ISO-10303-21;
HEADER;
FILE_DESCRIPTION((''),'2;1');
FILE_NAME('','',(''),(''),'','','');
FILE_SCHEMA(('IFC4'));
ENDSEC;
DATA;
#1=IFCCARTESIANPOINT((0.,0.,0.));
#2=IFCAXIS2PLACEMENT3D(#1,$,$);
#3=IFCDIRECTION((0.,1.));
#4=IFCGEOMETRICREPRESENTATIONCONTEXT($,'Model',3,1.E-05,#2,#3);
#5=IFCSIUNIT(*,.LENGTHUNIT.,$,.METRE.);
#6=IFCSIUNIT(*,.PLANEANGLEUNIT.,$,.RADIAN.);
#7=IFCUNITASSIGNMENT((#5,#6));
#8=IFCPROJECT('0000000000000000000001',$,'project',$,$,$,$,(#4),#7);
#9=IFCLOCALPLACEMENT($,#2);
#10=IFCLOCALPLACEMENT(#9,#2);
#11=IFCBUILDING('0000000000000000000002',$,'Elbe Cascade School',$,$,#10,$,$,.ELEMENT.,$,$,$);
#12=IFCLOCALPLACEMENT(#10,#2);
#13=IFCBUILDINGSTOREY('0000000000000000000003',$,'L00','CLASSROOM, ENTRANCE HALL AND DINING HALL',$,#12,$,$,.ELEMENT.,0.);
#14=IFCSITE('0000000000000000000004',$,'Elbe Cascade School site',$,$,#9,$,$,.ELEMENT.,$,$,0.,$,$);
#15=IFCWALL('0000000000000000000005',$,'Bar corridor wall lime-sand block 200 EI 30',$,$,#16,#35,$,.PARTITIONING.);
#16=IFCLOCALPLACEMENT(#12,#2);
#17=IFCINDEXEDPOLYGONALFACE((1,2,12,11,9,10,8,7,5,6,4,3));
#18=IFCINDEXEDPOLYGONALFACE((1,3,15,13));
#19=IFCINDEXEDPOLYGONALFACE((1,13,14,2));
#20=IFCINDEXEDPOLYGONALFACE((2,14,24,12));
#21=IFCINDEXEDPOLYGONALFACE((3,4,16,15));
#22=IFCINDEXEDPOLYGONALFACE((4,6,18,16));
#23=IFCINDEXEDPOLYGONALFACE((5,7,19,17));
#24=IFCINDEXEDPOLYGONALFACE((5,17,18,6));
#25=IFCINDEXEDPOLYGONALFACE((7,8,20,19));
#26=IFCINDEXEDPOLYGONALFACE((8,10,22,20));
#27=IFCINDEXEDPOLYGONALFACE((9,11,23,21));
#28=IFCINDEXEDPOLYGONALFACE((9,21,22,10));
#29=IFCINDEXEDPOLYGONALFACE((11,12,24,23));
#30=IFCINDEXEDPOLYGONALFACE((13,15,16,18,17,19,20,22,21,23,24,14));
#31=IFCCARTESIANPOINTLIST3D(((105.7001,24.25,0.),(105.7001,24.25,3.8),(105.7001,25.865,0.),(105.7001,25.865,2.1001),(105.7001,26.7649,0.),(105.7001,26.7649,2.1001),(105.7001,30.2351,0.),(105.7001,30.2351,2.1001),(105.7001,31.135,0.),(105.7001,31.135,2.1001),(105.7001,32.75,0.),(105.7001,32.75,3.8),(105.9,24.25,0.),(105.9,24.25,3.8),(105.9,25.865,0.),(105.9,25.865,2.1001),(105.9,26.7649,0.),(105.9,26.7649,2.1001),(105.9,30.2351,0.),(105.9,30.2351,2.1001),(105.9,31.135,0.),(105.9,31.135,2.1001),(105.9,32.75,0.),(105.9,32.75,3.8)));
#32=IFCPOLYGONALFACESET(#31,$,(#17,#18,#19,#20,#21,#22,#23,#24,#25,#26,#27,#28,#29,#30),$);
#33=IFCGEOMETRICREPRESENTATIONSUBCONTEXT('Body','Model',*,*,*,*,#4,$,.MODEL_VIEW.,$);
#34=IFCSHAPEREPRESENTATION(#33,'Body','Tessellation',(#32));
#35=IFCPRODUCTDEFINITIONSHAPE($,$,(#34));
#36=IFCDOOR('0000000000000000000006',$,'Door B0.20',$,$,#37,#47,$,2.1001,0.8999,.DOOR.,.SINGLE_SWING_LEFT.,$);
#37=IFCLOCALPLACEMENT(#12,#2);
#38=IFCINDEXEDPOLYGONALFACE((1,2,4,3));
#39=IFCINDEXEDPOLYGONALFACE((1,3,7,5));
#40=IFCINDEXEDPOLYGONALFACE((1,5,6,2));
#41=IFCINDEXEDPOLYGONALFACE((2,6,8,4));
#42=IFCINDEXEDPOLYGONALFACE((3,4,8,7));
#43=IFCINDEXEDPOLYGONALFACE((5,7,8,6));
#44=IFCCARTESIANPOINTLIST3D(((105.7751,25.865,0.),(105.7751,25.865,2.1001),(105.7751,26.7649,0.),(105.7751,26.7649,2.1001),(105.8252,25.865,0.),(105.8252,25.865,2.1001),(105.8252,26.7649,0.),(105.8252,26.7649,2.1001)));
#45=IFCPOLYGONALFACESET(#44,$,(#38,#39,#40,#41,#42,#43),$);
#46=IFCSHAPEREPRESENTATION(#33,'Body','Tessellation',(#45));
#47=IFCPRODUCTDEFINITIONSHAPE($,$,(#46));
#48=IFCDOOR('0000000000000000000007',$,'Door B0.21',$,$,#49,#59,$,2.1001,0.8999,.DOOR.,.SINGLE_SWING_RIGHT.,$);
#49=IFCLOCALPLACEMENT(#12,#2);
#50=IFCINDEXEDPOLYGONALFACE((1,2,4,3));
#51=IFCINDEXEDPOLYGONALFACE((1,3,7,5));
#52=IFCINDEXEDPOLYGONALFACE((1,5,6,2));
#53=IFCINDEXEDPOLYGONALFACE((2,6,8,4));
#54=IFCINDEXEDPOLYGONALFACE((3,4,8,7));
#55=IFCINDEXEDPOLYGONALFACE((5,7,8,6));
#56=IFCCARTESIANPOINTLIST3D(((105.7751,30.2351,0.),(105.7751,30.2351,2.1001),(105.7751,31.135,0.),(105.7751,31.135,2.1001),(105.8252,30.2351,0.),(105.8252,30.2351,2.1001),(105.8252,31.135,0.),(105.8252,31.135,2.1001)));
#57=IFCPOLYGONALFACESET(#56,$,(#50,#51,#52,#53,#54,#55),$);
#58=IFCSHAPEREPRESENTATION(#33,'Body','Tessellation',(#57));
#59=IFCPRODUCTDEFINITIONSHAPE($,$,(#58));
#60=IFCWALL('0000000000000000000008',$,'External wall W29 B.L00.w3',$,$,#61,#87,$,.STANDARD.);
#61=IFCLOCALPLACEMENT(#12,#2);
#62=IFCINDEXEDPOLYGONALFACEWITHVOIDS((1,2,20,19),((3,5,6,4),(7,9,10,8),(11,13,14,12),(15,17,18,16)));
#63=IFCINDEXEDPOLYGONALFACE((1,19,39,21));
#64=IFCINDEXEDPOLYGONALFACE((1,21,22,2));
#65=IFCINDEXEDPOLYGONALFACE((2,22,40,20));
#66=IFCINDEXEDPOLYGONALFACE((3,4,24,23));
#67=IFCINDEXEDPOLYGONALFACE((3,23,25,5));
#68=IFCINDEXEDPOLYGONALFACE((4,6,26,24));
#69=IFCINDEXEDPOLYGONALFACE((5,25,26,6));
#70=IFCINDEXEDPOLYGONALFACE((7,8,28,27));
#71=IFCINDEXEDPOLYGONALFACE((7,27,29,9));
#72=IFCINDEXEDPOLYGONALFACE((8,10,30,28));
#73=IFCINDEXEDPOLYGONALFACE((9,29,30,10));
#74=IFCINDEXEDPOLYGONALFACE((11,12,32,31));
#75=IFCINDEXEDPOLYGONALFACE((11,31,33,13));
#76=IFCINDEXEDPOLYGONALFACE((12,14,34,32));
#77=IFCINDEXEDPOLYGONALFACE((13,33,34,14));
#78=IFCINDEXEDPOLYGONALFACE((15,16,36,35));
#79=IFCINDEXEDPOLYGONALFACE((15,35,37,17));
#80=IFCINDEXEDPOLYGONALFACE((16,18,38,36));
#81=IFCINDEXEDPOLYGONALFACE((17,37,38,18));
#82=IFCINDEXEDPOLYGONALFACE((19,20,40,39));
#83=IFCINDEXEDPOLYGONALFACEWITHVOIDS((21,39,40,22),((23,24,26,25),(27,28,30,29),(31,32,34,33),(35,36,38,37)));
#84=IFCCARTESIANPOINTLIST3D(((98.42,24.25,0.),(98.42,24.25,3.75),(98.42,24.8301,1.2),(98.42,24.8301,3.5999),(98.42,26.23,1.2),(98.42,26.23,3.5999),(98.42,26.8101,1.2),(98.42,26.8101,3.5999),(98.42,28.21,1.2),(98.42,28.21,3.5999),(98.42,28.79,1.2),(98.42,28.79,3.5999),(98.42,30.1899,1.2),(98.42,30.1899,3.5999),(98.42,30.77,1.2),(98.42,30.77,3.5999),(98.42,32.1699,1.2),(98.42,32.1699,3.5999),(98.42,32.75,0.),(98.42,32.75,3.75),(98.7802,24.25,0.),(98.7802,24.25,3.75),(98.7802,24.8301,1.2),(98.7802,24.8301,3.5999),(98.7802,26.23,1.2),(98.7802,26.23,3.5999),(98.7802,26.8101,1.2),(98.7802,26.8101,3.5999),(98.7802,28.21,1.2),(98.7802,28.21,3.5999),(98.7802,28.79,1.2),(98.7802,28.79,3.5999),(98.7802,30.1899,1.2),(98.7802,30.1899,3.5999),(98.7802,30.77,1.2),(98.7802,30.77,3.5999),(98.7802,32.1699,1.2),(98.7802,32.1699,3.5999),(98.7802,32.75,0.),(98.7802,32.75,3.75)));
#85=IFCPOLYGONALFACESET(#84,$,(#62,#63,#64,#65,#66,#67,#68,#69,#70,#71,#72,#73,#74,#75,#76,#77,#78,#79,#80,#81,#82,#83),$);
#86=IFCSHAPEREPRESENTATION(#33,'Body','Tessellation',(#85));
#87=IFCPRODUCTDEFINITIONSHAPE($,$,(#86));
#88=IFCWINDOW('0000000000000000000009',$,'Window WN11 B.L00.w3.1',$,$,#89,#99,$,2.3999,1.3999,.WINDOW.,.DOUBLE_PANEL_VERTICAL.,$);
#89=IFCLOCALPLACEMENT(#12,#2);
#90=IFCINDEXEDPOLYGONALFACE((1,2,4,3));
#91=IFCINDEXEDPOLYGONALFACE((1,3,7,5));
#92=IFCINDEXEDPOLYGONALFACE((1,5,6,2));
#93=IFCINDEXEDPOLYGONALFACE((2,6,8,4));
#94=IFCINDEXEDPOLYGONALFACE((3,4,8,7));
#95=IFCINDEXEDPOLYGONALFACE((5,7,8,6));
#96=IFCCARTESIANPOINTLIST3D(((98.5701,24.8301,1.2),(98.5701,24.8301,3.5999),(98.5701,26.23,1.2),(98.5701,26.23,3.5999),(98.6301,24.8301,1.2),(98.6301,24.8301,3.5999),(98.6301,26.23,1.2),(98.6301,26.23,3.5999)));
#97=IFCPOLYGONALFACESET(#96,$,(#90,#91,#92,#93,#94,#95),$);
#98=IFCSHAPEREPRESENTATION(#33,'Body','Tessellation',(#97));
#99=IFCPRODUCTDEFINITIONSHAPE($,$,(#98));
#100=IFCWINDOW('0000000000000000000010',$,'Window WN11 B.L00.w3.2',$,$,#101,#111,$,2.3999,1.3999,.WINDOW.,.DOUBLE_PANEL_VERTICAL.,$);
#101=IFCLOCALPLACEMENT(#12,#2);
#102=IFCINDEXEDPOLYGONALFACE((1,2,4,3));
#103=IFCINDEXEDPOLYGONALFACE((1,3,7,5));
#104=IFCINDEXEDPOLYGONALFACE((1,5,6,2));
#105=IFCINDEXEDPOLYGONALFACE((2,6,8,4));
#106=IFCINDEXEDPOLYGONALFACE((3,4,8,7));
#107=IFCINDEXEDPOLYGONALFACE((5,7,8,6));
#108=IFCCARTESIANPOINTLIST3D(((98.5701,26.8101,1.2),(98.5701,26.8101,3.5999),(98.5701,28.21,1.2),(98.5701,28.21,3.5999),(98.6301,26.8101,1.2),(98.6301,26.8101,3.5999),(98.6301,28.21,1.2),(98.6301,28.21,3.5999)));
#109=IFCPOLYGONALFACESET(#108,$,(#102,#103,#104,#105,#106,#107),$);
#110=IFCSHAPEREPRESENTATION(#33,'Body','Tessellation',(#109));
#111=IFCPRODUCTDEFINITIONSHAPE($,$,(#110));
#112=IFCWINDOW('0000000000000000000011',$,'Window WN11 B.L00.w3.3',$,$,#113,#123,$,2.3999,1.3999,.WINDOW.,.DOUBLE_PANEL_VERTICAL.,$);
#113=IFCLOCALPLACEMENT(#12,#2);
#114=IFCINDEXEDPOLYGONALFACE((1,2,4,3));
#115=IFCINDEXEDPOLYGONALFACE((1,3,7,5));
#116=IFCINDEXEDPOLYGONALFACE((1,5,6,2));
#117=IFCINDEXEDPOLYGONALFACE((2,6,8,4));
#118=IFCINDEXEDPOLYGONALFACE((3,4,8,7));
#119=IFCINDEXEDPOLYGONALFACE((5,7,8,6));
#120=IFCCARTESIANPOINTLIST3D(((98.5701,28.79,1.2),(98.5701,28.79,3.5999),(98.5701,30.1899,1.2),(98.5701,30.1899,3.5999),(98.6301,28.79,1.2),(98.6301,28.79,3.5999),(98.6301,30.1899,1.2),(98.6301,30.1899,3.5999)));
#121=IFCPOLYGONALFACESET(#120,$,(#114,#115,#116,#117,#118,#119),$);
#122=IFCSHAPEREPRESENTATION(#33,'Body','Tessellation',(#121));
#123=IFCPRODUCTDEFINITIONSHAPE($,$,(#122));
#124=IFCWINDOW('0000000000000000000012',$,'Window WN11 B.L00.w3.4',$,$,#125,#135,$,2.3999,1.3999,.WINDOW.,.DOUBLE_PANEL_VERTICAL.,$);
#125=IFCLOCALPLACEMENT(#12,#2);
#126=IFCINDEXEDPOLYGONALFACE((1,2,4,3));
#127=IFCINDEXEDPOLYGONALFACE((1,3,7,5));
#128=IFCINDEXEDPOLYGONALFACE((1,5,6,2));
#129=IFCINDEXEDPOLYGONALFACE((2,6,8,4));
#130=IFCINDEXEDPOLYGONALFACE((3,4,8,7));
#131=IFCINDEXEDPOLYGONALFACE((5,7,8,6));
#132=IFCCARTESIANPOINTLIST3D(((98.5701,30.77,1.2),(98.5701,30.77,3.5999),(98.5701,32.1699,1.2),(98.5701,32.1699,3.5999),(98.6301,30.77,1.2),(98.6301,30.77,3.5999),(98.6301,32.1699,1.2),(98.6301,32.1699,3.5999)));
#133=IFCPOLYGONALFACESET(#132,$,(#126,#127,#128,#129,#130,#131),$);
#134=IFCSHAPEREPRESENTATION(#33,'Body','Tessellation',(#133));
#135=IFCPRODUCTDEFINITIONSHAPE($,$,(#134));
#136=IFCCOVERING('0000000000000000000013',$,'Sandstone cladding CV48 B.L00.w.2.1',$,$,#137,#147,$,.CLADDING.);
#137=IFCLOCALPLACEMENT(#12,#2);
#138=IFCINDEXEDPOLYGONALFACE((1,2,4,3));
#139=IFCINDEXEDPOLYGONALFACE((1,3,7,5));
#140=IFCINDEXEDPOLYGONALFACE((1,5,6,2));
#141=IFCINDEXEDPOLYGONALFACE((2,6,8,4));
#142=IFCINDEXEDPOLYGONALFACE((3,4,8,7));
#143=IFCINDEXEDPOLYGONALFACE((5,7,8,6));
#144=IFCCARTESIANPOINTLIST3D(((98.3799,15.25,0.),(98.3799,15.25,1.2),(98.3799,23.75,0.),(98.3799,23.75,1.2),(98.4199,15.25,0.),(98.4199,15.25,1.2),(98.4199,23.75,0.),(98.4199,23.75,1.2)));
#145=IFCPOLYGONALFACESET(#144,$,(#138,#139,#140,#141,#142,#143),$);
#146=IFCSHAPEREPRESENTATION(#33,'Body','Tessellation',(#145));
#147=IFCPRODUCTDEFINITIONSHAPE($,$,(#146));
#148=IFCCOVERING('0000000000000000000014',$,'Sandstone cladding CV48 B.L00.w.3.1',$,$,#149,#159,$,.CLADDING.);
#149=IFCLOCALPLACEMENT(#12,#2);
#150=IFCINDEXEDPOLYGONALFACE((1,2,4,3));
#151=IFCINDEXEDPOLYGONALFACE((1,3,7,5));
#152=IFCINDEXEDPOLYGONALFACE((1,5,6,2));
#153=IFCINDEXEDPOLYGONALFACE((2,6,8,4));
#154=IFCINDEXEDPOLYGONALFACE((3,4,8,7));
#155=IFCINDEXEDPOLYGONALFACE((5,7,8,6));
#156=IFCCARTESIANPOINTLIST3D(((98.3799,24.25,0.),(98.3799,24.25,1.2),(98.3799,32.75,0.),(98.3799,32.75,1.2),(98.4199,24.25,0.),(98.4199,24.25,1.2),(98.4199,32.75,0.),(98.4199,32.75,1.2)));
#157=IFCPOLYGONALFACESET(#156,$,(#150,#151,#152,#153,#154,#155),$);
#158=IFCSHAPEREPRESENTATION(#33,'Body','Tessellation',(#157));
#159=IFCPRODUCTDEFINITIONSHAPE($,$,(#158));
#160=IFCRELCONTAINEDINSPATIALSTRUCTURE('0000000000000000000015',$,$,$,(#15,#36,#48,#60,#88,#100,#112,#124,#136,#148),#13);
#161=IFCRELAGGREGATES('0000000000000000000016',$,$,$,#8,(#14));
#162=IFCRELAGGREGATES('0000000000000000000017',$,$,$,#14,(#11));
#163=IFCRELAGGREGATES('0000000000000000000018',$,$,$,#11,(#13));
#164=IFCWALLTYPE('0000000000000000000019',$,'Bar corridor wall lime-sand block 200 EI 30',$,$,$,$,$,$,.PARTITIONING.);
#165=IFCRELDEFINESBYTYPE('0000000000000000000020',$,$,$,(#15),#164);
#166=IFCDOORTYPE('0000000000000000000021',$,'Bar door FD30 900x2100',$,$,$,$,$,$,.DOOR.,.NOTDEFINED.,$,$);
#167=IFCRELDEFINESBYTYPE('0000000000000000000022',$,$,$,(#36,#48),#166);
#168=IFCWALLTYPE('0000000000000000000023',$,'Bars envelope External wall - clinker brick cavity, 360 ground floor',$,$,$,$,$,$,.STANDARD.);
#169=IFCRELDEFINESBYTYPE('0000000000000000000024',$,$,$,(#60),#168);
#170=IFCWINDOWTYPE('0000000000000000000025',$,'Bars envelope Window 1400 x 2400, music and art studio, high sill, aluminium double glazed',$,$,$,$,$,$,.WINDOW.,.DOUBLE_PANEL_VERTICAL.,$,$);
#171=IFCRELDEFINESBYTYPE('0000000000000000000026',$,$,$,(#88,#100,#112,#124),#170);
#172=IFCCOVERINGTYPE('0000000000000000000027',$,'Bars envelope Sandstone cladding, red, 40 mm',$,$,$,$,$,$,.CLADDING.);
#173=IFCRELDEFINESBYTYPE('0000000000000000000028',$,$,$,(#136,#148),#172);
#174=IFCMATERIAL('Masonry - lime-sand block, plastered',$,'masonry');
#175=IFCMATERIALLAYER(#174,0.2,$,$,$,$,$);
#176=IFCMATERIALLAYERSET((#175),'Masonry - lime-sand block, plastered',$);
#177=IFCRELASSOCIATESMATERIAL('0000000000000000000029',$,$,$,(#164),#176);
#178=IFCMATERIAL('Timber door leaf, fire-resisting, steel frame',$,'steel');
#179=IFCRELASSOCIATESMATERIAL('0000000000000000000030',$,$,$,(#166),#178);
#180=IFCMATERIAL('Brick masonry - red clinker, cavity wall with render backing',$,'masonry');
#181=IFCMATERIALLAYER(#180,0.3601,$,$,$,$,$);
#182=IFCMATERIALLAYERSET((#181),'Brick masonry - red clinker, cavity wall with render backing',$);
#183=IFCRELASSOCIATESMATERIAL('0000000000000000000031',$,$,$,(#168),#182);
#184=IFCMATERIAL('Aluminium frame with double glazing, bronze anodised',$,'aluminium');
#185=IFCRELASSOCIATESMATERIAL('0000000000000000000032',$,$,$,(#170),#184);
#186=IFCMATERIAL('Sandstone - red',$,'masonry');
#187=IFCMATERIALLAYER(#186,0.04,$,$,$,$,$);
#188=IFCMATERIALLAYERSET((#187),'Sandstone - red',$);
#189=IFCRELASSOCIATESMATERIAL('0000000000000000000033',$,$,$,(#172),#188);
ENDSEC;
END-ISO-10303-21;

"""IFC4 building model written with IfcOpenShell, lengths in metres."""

from ifc_helpers import new_model, si_unit, direction, frame, frame_2d, origin, origin_2d, place, context, subcontext, project, spatial, rectangle, extrude, material, layer, layer_set, type_object, element, fill, save


model = new_model("IFC4")

# Units and contexts
model_context = context("Model", 3, precision=1e-05, world=origin(), true_north=direction((0.0, 1.0)))
body_context = subcontext(model_context, "Body", "Model", "MODEL_VIEW")
ifc_project = project(units=[si_unit("LENGTHUNIT", "METRE"), si_unit("PLANEANGLEUNIT", "RADIAN")], contexts=[model_context])

# Site, building, storey
site_placement = place(None, origin())
site = spatial("IfcSite", under=ifc_project, at=site_placement, Name="Elbe Cascade School site", CompositionType="ELEMENT", RefElevation=0.0)
building_placement = place(site_placement, origin())
building = spatial("IfcBuilding", under=site, at=building_placement, Name="Elbe Cascade School", CompositionType="ELEMENT")
storey_placement = place(building_placement, origin())
storey = spatial("IfcBuildingStorey", under=building, at=storey_placement, Name="L00", Description="CLASSROOM, ENTRANCE HALL AND DINING HALL", CompositionType="ELEMENT", Elevation=0.0)

# Wall, openings, doors
ifc_material_1 = material(Name="Masonry - lime-sand block, plastered", Category="masonry")
ifc_layer_1 = layer(ifc_material_1, 0.2)
ifc_layer_set_1 = layer_set([ifc_layer_1], Name="Masonry - lime-sand block, plastered")
wall_type_1 = type_object("IfcWallType", Name="Bar corridor wall lime-sand block 200 EI 30", PredefinedType="PARTITIONING", material=ifc_layer_set_1)
wall_1_placement = place(storey_placement, frame((105.8, 24.25, 0.0), z_axis=(0.0, 0.0, 1.0), x_axis=(0.0, 1.0, 0.0)))
wall_1 = element("IfcWall", 1, at=wall_1_placement, inside=storey, type_object=wall_type_1, Name="Bar corridor wall lime-sand block 200 EI 30", PredefinedType="PARTITIONING", context=body_context, shape_type="SweptSolid", body=[
    extrude(rectangle(XDim=8.5, YDim=0.2, at=frame_2d((4.25, 0.0))), origin(), (0.0, 0.0, 1.0), 3.8),
])
opening_1_placement = place(wall_1_placement, frame((1.615, 0.0, 0.0)))
opening_1 = element("IfcOpeningElement", 2, at=opening_1_placement, cuts=wall_1, PredefinedType="OPENING", context=body_context, shape_type="SweptSolid", body=[
    extrude(rectangle(XDim=0.8999, YDim=2.1001, at=frame_2d((0.45, 1.05))), frame((0.0, 0.1099, 0.0), z_axis=(0.0, -1.0, 0.0), x_axis=(1.0, 0.0, 0.0)), (0.0, 0.0, 1.0), 0.22),
])
opening_2_placement = place(wall_1_placement, frame((5.9851, 0.0, 0.0)))
opening_2 = element("IfcOpeningElement", 3, at=opening_2_placement, cuts=wall_1, PredefinedType="OPENING", context=body_context, shape_type="SweptSolid", body=[
    extrude(rectangle(XDim=0.8999, YDim=2.1001, at=frame_2d((0.45, 1.05))), frame((0.0, 0.1099, 0.0), z_axis=(0.0, -1.0, 0.0), x_axis=(1.0, 0.0, 0.0)), (0.0, 0.0, 1.0), 0.22),
])
ifc_material_2 = material(Name="Timber door leaf, fire-resisting, steel frame", Category="steel")
door_type = type_object("IfcDoorType", Name="Bar door FD30 900x2100", OperationType="NOTDEFINED", PredefinedType="DOOR", material=ifc_material_2)
door_1_placement = place(opening_1_placement, origin())
door_1 = element("IfcDoor", 4, at=door_1_placement, inside=storey, type_object=door_type, Name="Door B0.20", OperationType="SINGLE_SWING_LEFT", OverallHeight=2.1001, OverallWidth=0.8999, PredefinedType="DOOR", context=body_context, shape_type="SweptSolid", body=[
    extrude(rectangle(XDim=0.8999, YDim=2.1001, at=frame_2d((0.45, 1.05))), frame((0.0, 0.0249, 0.0), z_axis=(0.0, -1.0, 0.0), x_axis=(1.0, 0.0, 0.0)), (0.0, 0.0, 1.0), 0.05),
])
fill(opening_1, door_1)
door_2_placement = place(opening_2_placement, origin())
door_2 = element("IfcDoor", 5, at=door_2_placement, inside=storey, type_object=door_type, Name="Door B0.21", OperationType="SINGLE_SWING_RIGHT", OverallHeight=2.1001, OverallWidth=0.8999, PredefinedType="DOOR", context=body_context, shape_type="SweptSolid", body=[
    extrude(rectangle(XDim=0.8999, YDim=2.1001, at=frame_2d((0.45, 1.05))), frame((0.0, 0.0249, 0.0), z_axis=(0.0, -1.0, 0.0), x_axis=(1.0, 0.0, 0.0)), (0.0, 0.0, 1.0), 0.05),
])
fill(opening_2, door_2)

# Wall, openings, windows
ifc_material_3 = material(Name="Brick masonry - red clinker, cavity wall with render backing", Category="masonry")
ifc_layer_2 = layer(ifc_material_3, 0.3601)
ifc_layer_set_2 = layer_set([ifc_layer_2], Name="Brick masonry - red clinker, cavity wall with render backing")
wall_type_2 = type_object("IfcWallType", Name="Bars envelope External wall - clinker brick cavity, 360 ground floor", PredefinedType="STANDARD", material=ifc_layer_set_2)
wall_2_placement = place(storey_placement, frame((98.6001, 24.25, 0.0), z_axis=(0.0, 0.0, 1.0), x_axis=(0.0, 1.0, 0.0)))
wall_2 = element("IfcWall", 6, at=wall_2_placement, inside=storey, type_object=wall_type_2, Name="External wall W29 B.L00.w3", PredefinedType="STANDARD", context=body_context, shape_type="SweptSolid", body=[
    extrude(rectangle(XDim=8.5, YDim=0.3601, at=frame_2d((4.25, 0.0))), origin(), (0.0, 0.0, 1.0), 3.75),
])
opening_3_placement = place(wall_2_placement, frame((0.5801, 0.0, 1.2)))
opening_3 = element("IfcOpeningElement", 7, at=opening_3_placement, cuts=wall_2, PredefinedType="OPENING", context=body_context, shape_type="SweptSolid", body=[
    extrude(rectangle(XDim=1.3999, YDim=2.3999, at=frame_2d((0.7, 1.2))), frame((0.0, 0.1899, 0.0), z_axis=(0.0, -1.0, 0.0), x_axis=(1.0, 0.0, 0.0)), (0.0, 0.0, 1.0), 0.3801),
])
opening_4_placement = place(wall_2_placement, frame((2.5601, 0.0, 1.2)))
opening_4 = element("IfcOpeningElement", 8, at=opening_4_placement, cuts=wall_2, PredefinedType="OPENING", context=body_context, shape_type="SweptSolid", body=[
    extrude(rectangle(XDim=1.3999, YDim=2.3999, at=frame_2d((0.7, 1.2))), frame((0.0, 0.1899, 0.0), z_axis=(0.0, -1.0, 0.0), x_axis=(1.0, 0.0, 0.0)), (0.0, 0.0, 1.0), 0.3801),
])
opening_5_placement = place(wall_2_placement, frame((4.54, 0.0, 1.2)))
opening_5 = element("IfcOpeningElement", 9, at=opening_5_placement, cuts=wall_2, PredefinedType="OPENING", context=body_context, shape_type="SweptSolid", body=[
    extrude(rectangle(XDim=1.3999, YDim=2.3999, at=frame_2d((0.7, 1.2))), frame((0.0, 0.1899, 0.0), z_axis=(0.0, -1.0, 0.0), x_axis=(1.0, 0.0, 0.0)), (0.0, 0.0, 1.0), 0.3801),
])
opening_6_placement = place(wall_2_placement, frame((6.52, 0.0, 1.2)))
opening_6 = element("IfcOpeningElement", 10, at=opening_6_placement, cuts=wall_2, PredefinedType="OPENING", context=body_context, shape_type="SweptSolid", body=[
    extrude(rectangle(XDim=1.3999, YDim=2.3999, at=frame_2d((0.7, 1.2))), frame((0.0, 0.1899, 0.0), z_axis=(0.0, -1.0, 0.0), x_axis=(1.0, 0.0, 0.0)), (0.0, 0.0, 1.0), 0.3801),
])
ifc_material_4 = material(Name="Aluminium frame with double glazing, bronze anodised", Category="aluminium")
window_type = type_object("IfcWindowType", Name="Bars envelope Window 1400 x 2400, music and art studio, high sill, aluminium double glazed", PartitioningType="DOUBLE_PANEL_VERTICAL", PredefinedType="WINDOW", material=ifc_material_4)
window_1_placement = place(opening_3_placement, origin())
window_1 = element("IfcWindow", 11, at=window_1_placement, inside=storey, type_object=window_type, Name="Window WN11 B.L00.w3.1", OverallHeight=2.3999, OverallWidth=1.3999, PartitioningType="DOUBLE_PANEL_VERTICAL", PredefinedType="WINDOW", context=body_context, shape_type="SweptSolid", body=[
    extrude(rectangle(XDim=1.3999, YDim=2.3999, at=frame_2d((0.7, 1.2))), frame((0.0, 0.03, 0.0), z_axis=(0.0, -1.0, 0.0), x_axis=(1.0, 0.0, 0.0)), (0.0, 0.0, 1.0), 0.0601),
])
fill(opening_3, window_1)
window_2_placement = place(opening_4_placement, origin())
window_2 = element("IfcWindow", 12, at=window_2_placement, inside=storey, type_object=window_type, Name="Window WN11 B.L00.w3.2", OverallHeight=2.3999, OverallWidth=1.3999, PartitioningType="DOUBLE_PANEL_VERTICAL", PredefinedType="WINDOW", context=body_context, shape_type="SweptSolid", body=[
    extrude(rectangle(XDim=1.3999, YDim=2.3999, at=frame_2d((0.7, 1.2))), frame((0.0, 0.03, 0.0), z_axis=(0.0, -1.0, 0.0), x_axis=(1.0, 0.0, 0.0)), (0.0, 0.0, 1.0), 0.0601),
])
fill(opening_4, window_2)
window_3_placement = place(opening_5_placement, origin())
window_3 = element("IfcWindow", 13, at=window_3_placement, inside=storey, type_object=window_type, Name="Window WN11 B.L00.w3.3", OverallHeight=2.3999, OverallWidth=1.3999, PartitioningType="DOUBLE_PANEL_VERTICAL", PredefinedType="WINDOW", context=body_context, shape_type="SweptSolid", body=[
    extrude(rectangle(XDim=1.3999, YDim=2.3999, at=frame_2d((0.7, 1.2))), frame((0.0, 0.03, 0.0), z_axis=(0.0, -1.0, 0.0), x_axis=(1.0, 0.0, 0.0)), (0.0, 0.0, 1.0), 0.0601),
])
fill(opening_5, window_3)
window_4_placement = place(opening_6_placement, origin())
window_4 = element("IfcWindow", 14, at=window_4_placement, inside=storey, type_object=window_type, Name="Window WN11 B.L00.w3.4", OverallHeight=2.3999, OverallWidth=1.3999, PartitioningType="DOUBLE_PANEL_VERTICAL", PredefinedType="WINDOW", context=body_context, shape_type="SweptSolid", body=[
    extrude(rectangle(XDim=1.3999, YDim=2.3999, at=frame_2d((0.7, 1.2))), frame((0.0, 0.03, 0.0), z_axis=(0.0, -1.0, 0.0), x_axis=(1.0, 0.0, 0.0)), (0.0, 0.0, 1.0), 0.0601),
])
fill(opening_6, window_4)

# Coverings
ifc_material_5 = material(Name="Sandstone - red", Category="masonry")
ifc_layer_3 = layer(ifc_material_5, 0.04)
ifc_layer_set_3 = layer_set([ifc_layer_3], Name="Sandstone - red")
covering_type = type_object("IfcCoveringType", Name="Bars envelope Sandstone cladding, red, 40 mm", PredefinedType="CLADDING", material=ifc_layer_set_3)
for number, where, z_axis, x_axis, name in (
    (15, (98.3999, 19.5, 0.0), (0.0, 0.0, 1.0), (0.0, 1.0, 0.0), "Sandstone cladding CV48 B.L00.w.2.1"),
    (16, (98.3999, 28.5, 0.0), (0.0, 0.0, 1.0), (0.0, 1.0, 0.0), "Sandstone cladding CV48 B.L00.w.3.1"),
):
    element("IfcCovering", number, at=place(storey_placement, frame(where, z_axis=z_axis, x_axis=x_axis)), inside=storey, type_object=covering_type, Name=name, PredefinedType="CLADDING", context=body_context, shape_type="SweptSolid", body=[
        extrude(rectangle(XDim=8.5, YDim=0.04, at=origin_2d()), origin(), (0.0, 0.0, 1.0), 1.2),
    ])

save(model, "model.ifc")
